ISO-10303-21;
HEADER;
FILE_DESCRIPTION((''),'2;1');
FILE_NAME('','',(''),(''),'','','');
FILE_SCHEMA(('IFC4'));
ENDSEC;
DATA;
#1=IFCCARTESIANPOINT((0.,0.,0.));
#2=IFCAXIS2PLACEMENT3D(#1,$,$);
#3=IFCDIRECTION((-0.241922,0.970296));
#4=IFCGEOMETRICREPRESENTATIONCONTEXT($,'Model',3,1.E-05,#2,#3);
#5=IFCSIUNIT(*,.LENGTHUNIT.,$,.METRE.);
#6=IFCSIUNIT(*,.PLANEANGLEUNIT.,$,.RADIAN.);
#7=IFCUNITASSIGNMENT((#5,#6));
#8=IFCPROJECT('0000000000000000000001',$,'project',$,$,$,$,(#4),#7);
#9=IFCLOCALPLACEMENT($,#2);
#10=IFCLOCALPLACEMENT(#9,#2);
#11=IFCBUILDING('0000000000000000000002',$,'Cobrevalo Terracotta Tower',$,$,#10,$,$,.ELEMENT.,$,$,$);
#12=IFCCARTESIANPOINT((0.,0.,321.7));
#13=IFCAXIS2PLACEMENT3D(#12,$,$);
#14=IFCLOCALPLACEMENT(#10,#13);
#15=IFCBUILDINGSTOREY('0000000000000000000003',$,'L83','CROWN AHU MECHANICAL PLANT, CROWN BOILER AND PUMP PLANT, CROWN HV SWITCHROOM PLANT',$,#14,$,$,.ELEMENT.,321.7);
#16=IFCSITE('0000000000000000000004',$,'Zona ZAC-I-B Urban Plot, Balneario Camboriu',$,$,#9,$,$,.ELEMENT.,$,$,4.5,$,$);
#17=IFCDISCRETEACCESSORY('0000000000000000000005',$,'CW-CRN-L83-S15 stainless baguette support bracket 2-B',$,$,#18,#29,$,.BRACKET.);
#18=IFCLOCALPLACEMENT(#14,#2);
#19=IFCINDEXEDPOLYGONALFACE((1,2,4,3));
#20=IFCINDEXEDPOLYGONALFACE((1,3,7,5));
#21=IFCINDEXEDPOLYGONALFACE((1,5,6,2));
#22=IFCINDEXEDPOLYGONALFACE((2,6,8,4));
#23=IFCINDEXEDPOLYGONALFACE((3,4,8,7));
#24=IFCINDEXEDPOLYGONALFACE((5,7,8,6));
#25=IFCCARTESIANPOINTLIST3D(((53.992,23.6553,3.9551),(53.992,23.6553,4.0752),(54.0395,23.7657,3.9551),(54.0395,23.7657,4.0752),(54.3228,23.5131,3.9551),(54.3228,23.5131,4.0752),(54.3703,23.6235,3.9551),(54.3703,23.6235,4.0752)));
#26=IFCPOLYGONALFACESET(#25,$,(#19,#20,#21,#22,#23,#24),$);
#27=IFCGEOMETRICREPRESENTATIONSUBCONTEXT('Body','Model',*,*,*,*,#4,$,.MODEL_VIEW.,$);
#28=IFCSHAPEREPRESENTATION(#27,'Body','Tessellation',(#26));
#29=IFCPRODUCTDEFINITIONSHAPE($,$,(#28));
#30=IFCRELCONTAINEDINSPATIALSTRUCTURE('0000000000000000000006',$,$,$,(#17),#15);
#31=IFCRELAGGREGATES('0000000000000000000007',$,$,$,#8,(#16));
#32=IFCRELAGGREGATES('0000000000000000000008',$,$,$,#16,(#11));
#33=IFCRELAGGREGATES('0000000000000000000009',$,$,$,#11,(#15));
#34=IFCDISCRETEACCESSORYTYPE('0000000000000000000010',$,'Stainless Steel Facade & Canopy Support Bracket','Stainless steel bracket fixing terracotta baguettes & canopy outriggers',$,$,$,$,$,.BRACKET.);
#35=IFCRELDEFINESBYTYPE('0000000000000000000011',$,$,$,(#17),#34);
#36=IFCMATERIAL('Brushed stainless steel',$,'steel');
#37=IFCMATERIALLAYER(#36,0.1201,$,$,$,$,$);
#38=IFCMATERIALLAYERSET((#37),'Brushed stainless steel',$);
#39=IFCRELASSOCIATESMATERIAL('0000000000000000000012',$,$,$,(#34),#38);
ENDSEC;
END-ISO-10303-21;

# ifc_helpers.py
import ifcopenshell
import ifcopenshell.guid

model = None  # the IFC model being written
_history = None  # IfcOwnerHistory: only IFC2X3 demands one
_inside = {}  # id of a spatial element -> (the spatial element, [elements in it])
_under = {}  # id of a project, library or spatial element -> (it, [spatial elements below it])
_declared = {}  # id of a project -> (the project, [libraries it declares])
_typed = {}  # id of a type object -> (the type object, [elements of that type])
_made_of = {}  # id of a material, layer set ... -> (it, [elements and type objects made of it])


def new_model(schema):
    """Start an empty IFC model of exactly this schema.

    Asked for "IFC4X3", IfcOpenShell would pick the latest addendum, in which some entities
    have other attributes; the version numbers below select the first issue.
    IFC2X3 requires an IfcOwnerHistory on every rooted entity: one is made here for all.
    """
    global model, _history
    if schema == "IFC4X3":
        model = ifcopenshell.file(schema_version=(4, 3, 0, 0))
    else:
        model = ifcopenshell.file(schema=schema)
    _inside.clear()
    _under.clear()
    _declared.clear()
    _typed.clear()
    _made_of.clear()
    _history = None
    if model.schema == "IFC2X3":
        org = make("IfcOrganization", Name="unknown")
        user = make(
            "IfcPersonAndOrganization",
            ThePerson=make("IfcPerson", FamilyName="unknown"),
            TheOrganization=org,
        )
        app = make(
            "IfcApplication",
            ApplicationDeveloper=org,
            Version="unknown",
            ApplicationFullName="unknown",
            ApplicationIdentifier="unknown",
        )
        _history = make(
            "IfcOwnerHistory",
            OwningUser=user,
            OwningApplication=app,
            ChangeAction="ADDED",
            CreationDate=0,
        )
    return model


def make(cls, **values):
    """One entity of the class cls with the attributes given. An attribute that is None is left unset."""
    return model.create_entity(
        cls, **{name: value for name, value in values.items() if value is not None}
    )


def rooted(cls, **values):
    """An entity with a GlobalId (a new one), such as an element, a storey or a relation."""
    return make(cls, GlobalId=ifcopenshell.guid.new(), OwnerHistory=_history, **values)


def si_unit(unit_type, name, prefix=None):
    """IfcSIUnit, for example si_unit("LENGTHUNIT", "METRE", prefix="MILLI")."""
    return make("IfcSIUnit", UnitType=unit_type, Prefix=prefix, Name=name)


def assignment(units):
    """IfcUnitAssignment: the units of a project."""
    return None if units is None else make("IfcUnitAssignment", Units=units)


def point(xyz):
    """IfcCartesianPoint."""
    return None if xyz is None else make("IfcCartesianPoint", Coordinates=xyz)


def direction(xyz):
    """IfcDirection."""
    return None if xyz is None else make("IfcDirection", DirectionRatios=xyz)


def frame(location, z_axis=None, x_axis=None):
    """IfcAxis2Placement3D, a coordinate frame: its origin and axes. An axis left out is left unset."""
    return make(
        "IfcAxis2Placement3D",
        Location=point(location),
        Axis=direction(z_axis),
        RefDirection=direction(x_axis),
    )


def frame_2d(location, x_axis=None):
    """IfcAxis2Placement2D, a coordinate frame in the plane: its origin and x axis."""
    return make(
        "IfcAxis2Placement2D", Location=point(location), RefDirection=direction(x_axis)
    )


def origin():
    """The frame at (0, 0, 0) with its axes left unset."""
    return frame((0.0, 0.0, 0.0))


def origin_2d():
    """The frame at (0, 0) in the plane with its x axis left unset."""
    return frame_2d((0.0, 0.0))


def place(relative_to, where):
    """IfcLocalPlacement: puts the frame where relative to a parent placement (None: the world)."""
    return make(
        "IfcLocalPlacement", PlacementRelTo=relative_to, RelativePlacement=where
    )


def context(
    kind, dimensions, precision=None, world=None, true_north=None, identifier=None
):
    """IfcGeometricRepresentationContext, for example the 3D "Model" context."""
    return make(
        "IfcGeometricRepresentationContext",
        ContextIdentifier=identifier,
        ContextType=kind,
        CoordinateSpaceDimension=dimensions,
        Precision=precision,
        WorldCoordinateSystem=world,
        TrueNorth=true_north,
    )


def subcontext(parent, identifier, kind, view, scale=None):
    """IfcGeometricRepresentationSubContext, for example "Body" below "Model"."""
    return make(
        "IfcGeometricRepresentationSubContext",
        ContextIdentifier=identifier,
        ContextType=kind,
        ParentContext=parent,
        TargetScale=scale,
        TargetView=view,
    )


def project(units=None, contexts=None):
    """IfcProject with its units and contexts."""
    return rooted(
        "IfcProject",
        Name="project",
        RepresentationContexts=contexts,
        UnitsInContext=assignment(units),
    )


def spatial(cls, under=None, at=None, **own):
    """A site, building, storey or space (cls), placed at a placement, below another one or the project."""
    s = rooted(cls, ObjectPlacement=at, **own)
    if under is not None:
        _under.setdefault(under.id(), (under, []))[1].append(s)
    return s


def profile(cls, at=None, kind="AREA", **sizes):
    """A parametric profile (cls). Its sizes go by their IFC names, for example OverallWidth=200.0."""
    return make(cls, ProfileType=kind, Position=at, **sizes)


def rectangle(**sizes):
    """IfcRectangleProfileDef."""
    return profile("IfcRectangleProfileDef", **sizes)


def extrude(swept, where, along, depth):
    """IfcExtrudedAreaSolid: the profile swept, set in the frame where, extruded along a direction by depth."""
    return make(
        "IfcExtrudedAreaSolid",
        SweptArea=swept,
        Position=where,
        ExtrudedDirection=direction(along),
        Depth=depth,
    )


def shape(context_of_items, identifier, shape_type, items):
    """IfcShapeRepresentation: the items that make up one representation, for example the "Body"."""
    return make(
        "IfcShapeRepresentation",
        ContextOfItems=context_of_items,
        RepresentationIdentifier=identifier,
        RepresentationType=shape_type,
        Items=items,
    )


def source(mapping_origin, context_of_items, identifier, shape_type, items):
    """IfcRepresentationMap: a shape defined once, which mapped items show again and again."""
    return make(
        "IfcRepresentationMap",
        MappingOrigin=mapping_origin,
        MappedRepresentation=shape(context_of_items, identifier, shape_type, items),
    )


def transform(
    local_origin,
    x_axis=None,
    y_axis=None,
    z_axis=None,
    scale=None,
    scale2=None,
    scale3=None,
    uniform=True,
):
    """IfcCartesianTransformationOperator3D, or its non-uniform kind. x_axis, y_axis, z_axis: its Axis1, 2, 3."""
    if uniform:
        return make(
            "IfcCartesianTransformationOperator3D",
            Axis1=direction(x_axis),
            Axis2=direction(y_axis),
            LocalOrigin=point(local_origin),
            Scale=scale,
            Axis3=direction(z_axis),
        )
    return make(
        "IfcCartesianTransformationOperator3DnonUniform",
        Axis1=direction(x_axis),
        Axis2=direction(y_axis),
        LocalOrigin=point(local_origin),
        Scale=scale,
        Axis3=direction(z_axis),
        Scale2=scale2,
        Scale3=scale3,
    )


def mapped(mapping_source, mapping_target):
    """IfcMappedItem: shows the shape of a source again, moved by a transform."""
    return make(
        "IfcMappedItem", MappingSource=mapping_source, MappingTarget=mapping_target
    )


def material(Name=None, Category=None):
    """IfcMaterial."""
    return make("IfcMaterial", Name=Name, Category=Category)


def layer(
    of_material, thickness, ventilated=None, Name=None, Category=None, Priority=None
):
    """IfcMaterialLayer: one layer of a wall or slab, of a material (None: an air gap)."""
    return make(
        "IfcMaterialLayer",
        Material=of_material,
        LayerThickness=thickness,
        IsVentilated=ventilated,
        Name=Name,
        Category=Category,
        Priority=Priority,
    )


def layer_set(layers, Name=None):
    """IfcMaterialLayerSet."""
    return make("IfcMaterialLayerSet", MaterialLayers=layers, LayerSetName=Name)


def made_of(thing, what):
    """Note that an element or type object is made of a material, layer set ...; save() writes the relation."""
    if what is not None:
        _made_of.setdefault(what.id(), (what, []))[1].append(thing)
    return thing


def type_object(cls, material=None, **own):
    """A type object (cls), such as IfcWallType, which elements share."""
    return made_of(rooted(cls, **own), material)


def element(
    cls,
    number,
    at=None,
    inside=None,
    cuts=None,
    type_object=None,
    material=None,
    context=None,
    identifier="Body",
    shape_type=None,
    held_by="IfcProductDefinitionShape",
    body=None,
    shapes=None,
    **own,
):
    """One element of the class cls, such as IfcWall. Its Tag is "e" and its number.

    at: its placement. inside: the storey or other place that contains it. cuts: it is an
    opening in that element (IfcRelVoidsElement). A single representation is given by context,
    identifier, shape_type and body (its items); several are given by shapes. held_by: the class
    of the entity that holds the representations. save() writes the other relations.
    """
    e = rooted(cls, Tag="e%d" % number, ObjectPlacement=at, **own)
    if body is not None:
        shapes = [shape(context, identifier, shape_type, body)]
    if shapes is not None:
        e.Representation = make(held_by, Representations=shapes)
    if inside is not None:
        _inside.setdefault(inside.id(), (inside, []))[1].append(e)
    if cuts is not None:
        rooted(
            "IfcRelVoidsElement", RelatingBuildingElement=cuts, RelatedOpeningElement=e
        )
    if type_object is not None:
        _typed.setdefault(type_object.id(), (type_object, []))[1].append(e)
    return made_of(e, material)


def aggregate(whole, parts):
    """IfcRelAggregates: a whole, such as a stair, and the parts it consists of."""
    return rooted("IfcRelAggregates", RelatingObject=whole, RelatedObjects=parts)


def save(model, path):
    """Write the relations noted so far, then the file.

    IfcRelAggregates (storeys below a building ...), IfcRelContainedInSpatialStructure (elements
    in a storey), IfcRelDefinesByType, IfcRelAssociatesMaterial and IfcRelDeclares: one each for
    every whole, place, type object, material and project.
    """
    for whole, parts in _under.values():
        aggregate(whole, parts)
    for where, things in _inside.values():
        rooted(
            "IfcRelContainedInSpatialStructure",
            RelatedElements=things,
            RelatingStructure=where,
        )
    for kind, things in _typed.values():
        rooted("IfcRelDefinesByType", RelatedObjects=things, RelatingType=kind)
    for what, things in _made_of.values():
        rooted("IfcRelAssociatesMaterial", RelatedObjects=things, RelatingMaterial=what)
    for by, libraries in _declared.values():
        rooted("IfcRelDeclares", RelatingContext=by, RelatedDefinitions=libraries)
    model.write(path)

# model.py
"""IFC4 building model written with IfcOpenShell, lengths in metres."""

from ifc_helpers import new_model, si_unit, direction, frame, origin, origin_2d, place, context, subcontext, project, spatial, rectangle, extrude, source, transform, mapped, material, layer, layer_set, type_object, element, save


model = new_model("IFC4")

# Units and contexts
model_context = context("Model", 3, precision=1e-05, world=origin(), true_north=direction((-0.241922, 0.970296)))
body_context = subcontext(model_context, "Body", "Model", "MODEL_VIEW")
ifc_project = project(units=[si_unit("LENGTHUNIT", "METRE"), si_unit("PLANEANGLEUNIT", "RADIAN")], contexts=[model_context])

# Site, building, storey
site_placement = place(None, origin())
site = spatial("IfcSite", under=ifc_project, at=site_placement, Name="Zona ZAC-I-B Urban Plot, Balneario Camboriu", CompositionType="ELEMENT", RefElevation=4.5)
building_placement = place(site_placement, origin())
building = spatial("IfcBuilding", under=site, at=building_placement, Name="Cobrevalo Terracotta Tower", CompositionType="ELEMENT")
storey_placement = place(building_placement, frame((0.0, 0.0, 321.7)))
storey = spatial("IfcBuildingStorey", under=building, at=storey_placement, Name="L83", Description="CROWN AHU MECHANICAL PLANT, CROWN BOILER AND PUMP PLANT, CROWN HV SWITCHROOM PLANT", CompositionType="ELEMENT", Elevation=321.7)

# Discrete accessory
ifc_material_1 = material(Name="Brushed stainless steel", Category="steel")
ifc_layer_1 = layer(ifc_material_1, 0.1201)
ifc_layer_set_1 = layer_set([ifc_layer_1], Name="Brushed stainless steel")
discrete_accessory_type = type_object("IfcDiscreteAccessoryType", Name="Stainless Steel Facade & Canopy Support Bracket", Description="Stainless steel bracket fixing terracotta baguettes & canopy outriggers", PredefinedType="BRACKET", material=ifc_layer_set_1)
shared_shape_1 = source(origin(), body_context, "Body", "SweptSolid", [
    extrude(rectangle(XDim=0.1201, YDim=0.3601, at=origin_2d()), origin(), (0.0, 0.0, 1.0), 0.1201),
])
for number, where, z_axis, x_axis, name in (
    (1, (54.1812, 23.6394, 3.9551), (0.0, 0.0, 1.0), (0.39496, 0.918698, 0.0), "CW-CRN-L83-S15 stainless baguette support bracket 2-B"),
):
    element("IfcDiscreteAccessory", number, at=place(storey_placement, frame(where, z_axis=z_axis, x_axis=x_axis)), inside=storey, type_object=discrete_accessory_type, Name=name, PredefinedType="BRACKET", context=body_context, shape_type="MappedRepresentation", body=[
        mapped(shared_shape_1, transform((0.0, 0.0, 0.0), scale=1.0)),
    ])

save(model, "model.ifc")
